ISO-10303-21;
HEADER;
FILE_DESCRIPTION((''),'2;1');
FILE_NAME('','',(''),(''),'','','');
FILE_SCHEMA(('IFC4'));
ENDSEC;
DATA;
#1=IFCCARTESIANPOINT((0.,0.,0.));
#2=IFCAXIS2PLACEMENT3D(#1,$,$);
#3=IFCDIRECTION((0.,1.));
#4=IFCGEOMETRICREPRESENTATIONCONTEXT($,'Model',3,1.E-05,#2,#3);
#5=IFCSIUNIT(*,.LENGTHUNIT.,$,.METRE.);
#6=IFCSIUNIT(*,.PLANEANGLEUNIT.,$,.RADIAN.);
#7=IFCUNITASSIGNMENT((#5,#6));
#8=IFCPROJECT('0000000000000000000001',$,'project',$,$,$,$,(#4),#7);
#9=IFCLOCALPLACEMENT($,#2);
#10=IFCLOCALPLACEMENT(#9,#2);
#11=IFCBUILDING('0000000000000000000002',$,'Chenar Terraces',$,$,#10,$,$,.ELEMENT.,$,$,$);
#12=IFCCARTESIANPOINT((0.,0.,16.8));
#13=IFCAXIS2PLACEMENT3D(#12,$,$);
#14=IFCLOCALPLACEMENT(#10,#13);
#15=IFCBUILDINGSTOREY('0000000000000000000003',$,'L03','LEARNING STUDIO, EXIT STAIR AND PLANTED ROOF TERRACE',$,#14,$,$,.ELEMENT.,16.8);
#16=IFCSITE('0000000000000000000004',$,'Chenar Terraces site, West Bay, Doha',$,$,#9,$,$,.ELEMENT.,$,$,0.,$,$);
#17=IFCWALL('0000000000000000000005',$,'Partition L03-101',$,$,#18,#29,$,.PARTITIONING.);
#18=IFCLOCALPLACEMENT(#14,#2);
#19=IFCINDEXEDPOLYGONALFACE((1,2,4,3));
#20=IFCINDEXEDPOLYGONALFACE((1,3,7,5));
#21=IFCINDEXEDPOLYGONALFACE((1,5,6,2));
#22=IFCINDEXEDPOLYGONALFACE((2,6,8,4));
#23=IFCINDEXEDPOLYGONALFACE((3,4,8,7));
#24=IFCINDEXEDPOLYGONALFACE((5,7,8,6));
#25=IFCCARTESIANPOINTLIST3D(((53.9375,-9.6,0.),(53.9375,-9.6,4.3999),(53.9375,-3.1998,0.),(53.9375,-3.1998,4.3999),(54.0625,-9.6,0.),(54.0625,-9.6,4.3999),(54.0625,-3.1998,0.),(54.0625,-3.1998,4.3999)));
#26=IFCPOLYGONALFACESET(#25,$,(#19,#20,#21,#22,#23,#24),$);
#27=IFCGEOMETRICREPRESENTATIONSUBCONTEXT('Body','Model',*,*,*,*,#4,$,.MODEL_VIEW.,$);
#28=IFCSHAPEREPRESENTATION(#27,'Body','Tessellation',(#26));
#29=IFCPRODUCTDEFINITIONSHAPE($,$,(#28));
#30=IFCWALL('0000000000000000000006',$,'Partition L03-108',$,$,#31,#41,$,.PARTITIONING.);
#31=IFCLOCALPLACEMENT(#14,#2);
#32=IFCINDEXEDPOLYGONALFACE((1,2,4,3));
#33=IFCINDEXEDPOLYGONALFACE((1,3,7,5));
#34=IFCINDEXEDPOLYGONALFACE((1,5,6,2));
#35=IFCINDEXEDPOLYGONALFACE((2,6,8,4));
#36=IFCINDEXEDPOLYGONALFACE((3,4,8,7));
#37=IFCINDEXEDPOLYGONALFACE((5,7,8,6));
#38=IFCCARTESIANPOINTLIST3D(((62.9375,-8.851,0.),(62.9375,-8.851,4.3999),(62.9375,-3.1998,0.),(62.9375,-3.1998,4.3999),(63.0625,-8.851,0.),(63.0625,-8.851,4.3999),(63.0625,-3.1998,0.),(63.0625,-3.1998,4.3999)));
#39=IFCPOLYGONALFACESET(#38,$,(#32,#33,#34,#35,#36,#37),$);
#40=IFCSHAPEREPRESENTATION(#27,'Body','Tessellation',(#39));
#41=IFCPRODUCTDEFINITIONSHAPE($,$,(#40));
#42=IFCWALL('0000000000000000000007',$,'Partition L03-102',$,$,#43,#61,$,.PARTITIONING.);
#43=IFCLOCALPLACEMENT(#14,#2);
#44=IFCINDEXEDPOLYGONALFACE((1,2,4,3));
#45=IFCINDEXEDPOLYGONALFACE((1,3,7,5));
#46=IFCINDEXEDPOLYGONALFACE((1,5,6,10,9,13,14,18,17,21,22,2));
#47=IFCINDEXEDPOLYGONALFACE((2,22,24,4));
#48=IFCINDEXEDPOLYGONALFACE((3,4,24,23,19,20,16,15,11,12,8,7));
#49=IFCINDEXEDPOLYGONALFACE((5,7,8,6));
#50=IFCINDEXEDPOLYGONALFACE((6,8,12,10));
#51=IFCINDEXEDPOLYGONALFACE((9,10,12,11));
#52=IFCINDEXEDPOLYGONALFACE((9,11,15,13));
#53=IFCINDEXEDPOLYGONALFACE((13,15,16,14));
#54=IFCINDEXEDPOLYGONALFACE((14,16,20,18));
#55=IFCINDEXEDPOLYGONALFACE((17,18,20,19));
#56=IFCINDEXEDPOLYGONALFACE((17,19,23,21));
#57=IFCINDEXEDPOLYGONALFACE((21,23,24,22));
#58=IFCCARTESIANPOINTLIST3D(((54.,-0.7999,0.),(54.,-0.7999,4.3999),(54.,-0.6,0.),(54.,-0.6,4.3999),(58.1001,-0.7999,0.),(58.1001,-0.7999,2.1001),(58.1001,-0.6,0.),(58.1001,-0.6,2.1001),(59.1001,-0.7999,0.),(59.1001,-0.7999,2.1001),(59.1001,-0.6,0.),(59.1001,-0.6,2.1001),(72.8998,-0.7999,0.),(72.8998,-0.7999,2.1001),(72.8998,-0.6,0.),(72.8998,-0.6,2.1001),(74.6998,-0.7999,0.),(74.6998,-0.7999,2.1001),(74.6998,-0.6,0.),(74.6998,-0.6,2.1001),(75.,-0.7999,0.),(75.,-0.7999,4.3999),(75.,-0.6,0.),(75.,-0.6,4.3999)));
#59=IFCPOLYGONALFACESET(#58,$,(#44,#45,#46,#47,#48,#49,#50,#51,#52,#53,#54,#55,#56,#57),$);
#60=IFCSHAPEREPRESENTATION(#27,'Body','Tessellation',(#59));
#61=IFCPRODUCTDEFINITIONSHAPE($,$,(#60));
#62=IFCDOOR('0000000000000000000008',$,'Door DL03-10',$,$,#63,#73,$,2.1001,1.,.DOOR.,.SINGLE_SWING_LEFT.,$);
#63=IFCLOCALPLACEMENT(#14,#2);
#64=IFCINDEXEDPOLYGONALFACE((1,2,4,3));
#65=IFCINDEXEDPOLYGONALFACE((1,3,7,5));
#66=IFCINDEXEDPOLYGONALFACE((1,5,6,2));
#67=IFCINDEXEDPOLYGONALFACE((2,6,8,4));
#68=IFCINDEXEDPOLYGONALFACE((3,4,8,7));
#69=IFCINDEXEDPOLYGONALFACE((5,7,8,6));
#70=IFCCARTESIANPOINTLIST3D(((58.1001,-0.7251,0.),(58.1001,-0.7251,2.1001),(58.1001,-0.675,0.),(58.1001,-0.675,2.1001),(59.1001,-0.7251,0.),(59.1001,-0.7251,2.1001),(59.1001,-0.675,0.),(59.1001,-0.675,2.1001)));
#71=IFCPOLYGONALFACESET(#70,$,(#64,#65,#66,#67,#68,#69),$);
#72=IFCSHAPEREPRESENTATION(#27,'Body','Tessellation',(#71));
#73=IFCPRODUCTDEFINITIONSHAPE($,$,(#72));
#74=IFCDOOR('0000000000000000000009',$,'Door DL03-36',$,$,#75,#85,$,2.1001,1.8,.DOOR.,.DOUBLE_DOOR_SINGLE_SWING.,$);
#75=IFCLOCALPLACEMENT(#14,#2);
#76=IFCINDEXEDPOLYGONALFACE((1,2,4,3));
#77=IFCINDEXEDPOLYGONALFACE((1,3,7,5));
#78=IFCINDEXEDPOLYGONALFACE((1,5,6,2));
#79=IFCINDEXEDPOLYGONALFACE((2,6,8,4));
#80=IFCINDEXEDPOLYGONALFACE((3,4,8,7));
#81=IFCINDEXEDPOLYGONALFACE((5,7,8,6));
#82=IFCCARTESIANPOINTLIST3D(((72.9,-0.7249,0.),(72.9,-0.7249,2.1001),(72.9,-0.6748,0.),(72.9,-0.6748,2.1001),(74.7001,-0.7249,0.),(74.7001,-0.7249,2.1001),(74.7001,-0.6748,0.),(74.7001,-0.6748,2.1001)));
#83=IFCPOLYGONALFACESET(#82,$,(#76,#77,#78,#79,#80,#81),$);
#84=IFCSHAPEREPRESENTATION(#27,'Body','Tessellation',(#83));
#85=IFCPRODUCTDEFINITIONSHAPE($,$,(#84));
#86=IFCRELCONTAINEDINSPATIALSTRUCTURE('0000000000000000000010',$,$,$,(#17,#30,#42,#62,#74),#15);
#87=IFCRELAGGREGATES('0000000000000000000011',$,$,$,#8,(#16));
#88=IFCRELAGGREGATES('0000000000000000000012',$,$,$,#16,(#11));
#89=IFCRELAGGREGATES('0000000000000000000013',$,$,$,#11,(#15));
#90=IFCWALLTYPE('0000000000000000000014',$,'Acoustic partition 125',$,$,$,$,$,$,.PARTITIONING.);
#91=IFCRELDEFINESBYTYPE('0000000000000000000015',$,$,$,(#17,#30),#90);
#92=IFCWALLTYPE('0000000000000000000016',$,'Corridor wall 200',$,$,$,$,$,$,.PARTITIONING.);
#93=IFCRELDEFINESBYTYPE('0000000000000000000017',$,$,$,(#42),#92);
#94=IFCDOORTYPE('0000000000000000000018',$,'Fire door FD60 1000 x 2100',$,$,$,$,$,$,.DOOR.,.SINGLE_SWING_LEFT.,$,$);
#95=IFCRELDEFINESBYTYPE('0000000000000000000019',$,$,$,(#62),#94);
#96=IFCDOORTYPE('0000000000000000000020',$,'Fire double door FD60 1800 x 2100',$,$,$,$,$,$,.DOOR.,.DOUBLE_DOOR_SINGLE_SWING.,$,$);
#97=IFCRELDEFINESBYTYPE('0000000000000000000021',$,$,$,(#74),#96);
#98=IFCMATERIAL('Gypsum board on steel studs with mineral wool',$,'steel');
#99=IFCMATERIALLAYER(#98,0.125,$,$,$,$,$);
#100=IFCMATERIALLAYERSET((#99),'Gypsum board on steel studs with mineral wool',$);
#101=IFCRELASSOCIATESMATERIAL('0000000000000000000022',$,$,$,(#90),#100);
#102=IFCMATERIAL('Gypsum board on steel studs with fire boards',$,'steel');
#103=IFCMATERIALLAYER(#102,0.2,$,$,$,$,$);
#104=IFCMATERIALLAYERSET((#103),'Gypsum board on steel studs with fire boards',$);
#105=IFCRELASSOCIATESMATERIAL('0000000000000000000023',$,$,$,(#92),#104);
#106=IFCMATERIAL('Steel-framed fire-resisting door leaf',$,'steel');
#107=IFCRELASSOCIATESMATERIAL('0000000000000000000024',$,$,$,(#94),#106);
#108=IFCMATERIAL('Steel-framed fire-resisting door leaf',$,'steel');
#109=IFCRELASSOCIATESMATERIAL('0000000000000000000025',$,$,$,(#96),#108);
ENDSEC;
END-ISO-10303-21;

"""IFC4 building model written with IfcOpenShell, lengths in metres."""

from ifc_helpers import new_model, si_unit, direction, frame, frame_2d, origin, place, context, subcontext, project, spatial, rectangle, extrude, material, layer, layer_set, type_object, element, fill, save


model = new_model("IFC4")

# Units and contexts
model_context = context("Model", 3, precision=1e-05, world=origin(), true_north=direction((0.0, 1.0)))
body_context = subcontext(model_context, "Body", "Model", "MODEL_VIEW")
ifc_project = project(units=[si_unit("LENGTHUNIT", "METRE"), si_unit("PLANEANGLEUNIT", "RADIAN")], contexts=[model_context])

# Site, building, storey
site_placement = place(None, origin())
site = spatial("IfcSite", under=ifc_project, at=site_placement, Name="Chenar Terraces site, West Bay, Doha", CompositionType="ELEMENT", RefElevation=0.0)
building_placement = place(site_placement, origin())
building = spatial("IfcBuilding", under=site, at=building_placement, Name="Chenar Terraces", CompositionType="ELEMENT")
storey_placement = place(building_placement, frame((0.0, 0.0, 16.8)))
storey = spatial("IfcBuildingStorey", under=building, at=storey_placement, Name="L03", Description="LEARNING STUDIO, EXIT STAIR AND PLANTED ROOF TERRACE", CompositionType="ELEMENT", Elevation=16.8)

# Walls
ifc_material_1 = material(Name="Gypsum board on steel studs with mineral wool", Category="steel")
ifc_layer_1 = layer(ifc_material_1, 0.125)
ifc_layer_set_1 = layer_set([ifc_layer_1], Name="Gypsum board on steel studs with mineral wool")
wall_type_1 = type_object("IfcWallType", Name="Acoustic partition 125", PredefinedType="PARTITIONING", material=ifc_layer_set_1)
wall_1_placement = place(storey_placement, frame((54.0, -9.6001, 0.0), z_axis=(0.0, 0.0, 1.0), x_axis=(0.0, 1.0, 0.0)))
element("IfcWall", 1, at=wall_1_placement, inside=storey, type_object=wall_type_1, Name="Partition L03-101", PredefinedType="PARTITIONING", context=body_context, shape_type="SweptSolid", body=[
    extrude(rectangle(XDim=6.4001, YDim=0.125, at=frame_2d((3.2002, 0.0))), origin(), (0.0, 0.0, 1.0), 4.3999),
])
wall_2_placement = place(storey_placement, frame((63.0, -8.8511, 0.0), z_axis=(0.0, 0.0, 1.0), x_axis=(0.0, 1.0, 0.0)))
element("IfcWall", 2, at=wall_2_placement, inside=storey, type_object=wall_type_1, Name="Partition L03-108", PredefinedType="PARTITIONING", context=body_context, shape_type="SweptSolid", body=[
    extrude(rectangle(XDim=5.6511, YDim=0.125, at=frame_2d((2.8257, 0.0))), origin(), (0.0, 0.0, 1.0), 4.3999),
])

# Wall, openings, doors
ifc_material_2 = material(Name="Gypsum board on steel studs with fire boards", Category="steel")
ifc_layer_2 = layer(ifc_material_2, 0.2)
ifc_layer_set_2 = layer_set([ifc_layer_2], Name="Gypsum board on steel studs with fire boards")
wall_type_2 = type_object("IfcWallType", Name="Corridor wall 200", PredefinedType="PARTITIONING", material=ifc_layer_set_2)
wall_3_placement = place(storey_placement, frame((54.0, -0.7, 0.0), z_axis=(0.0, 0.0, 1.0), x_axis=(1.0, 0.0, 0.0)))
wall_3 = element("IfcWall", 3, at=wall_3_placement, inside=storey, type_object=wall_type_2, Name="Partition L03-102", PredefinedType="PARTITIONING", context=body_context, shape_type="SweptSolid", body=[
    extrude(rectangle(XDim=21.0, YDim=0.2, at=frame_2d((10.5, 0.0))), origin(), (0.0, 0.0, 1.0), 4.3999),
])
opening_1_placement = place(wall_3_placement, frame((4.1001, 0.0, 0.0)))
opening_1 = element("IfcOpeningElement", 4, at=opening_1_placement, cuts=wall_3, PredefinedType="OPENING", context=body_context, shape_type="SweptSolid", body=[
    extrude(rectangle(XDim=1.0, YDim=2.1001, at=frame_2d((0.5, 1.05))), frame((0.0, 0.1099, 0.0), z_axis=(0.0, -1.0, 0.0), x_axis=(1.0, 0.0, 0.0)), (0.0, 0.0, 1.0), 0.22),
])
opening_2_placement = place(wall_3_placement, frame((18.8999, 0.0, 0.0)))
opening_2 = element("IfcOpeningElement", 5, at=opening_2_placement, cuts=wall_3, PredefinedType="OPENING", context=body_context, shape_type="SweptSolid", body=[
    extrude(rectangle(XDim=1.8, YDim=2.1001, at=frame_2d((0.8999, 1.05))), frame((0.0, 0.1099, 0.0), z_axis=(0.0, -1.0, 0.0), x_axis=(1.0, 0.0, 0.0)), (0.0, 0.0, 1.0), 0.22),
])
ifc_material_3 = material(Name="Steel-framed fire-resisting door leaf", Category="steel")
door_type_1 = type_object("IfcDoorType", Name="Fire door FD60 1000 x 2100", OperationType="SINGLE_SWING_LEFT", PredefinedType="DOOR", material=ifc_material_3)
door_1_placement = place(opening_1_placement, origin())
door_1 = element("IfcDoor", 6, at=door_1_placement, inside=storey, type_object=door_type_1, Name="Door DL03-10", OperationType="SINGLE_SWING_LEFT", OverallHeight=2.1001, OverallWidth=1.0, PredefinedType="DOOR", context=body_context, shape_type="SweptSolid", body=[
    extrude(rectangle(XDim=1.0, YDim=2.1001, at=frame_2d((0.5, 1.05))), frame((0.0, 0.0249, 0.0), z_axis=(0.0, -1.0, 0.0), x_axis=(1.0, 0.0, 0.0)), (0.0, 0.0, 1.0), 0.05),
])
fill(opening_1, door_1)
ifc_material_4 = material(Name="Steel-framed fire-resisting door leaf", Category="steel")
door_type_2 = type_object("IfcDoorType", Name="Fire double door FD60 1800 x 2100", OperationType="DOUBLE_DOOR_SINGLE_SWING", PredefinedType="DOOR", material=ifc_material_4)
door_2_placement = place(opening_2_placement, frame((1.8, 0.0, 0.0), z_axis=(0.0, 0.0, 1.0), x_axis=(-1.0, 0.0, 0.0)))
door_2 = element("IfcDoor", 7, at=door_2_placement, inside=storey, type_object=door_type_2, Name="Door DL03-36", OperationType="DOUBLE_DOOR_SINGLE_SWING", OverallHeight=2.1001, OverallWidth=1.8, PredefinedType="DOOR", context=body_context, shape_type="SweptSolid", body=[
    extrude(rectangle(XDim=1.8, YDim=2.1001, at=frame_2d((0.8999, 1.05))), frame((0.0, 0.0249, 0.0), z_axis=(0.0, -1.0, 0.0), x_axis=(1.0, 0.0, 0.0)), (0.0, 0.0, 1.0), 0.05),
])
fill(opening_2, door_2)

save(model, "model.ifc")
